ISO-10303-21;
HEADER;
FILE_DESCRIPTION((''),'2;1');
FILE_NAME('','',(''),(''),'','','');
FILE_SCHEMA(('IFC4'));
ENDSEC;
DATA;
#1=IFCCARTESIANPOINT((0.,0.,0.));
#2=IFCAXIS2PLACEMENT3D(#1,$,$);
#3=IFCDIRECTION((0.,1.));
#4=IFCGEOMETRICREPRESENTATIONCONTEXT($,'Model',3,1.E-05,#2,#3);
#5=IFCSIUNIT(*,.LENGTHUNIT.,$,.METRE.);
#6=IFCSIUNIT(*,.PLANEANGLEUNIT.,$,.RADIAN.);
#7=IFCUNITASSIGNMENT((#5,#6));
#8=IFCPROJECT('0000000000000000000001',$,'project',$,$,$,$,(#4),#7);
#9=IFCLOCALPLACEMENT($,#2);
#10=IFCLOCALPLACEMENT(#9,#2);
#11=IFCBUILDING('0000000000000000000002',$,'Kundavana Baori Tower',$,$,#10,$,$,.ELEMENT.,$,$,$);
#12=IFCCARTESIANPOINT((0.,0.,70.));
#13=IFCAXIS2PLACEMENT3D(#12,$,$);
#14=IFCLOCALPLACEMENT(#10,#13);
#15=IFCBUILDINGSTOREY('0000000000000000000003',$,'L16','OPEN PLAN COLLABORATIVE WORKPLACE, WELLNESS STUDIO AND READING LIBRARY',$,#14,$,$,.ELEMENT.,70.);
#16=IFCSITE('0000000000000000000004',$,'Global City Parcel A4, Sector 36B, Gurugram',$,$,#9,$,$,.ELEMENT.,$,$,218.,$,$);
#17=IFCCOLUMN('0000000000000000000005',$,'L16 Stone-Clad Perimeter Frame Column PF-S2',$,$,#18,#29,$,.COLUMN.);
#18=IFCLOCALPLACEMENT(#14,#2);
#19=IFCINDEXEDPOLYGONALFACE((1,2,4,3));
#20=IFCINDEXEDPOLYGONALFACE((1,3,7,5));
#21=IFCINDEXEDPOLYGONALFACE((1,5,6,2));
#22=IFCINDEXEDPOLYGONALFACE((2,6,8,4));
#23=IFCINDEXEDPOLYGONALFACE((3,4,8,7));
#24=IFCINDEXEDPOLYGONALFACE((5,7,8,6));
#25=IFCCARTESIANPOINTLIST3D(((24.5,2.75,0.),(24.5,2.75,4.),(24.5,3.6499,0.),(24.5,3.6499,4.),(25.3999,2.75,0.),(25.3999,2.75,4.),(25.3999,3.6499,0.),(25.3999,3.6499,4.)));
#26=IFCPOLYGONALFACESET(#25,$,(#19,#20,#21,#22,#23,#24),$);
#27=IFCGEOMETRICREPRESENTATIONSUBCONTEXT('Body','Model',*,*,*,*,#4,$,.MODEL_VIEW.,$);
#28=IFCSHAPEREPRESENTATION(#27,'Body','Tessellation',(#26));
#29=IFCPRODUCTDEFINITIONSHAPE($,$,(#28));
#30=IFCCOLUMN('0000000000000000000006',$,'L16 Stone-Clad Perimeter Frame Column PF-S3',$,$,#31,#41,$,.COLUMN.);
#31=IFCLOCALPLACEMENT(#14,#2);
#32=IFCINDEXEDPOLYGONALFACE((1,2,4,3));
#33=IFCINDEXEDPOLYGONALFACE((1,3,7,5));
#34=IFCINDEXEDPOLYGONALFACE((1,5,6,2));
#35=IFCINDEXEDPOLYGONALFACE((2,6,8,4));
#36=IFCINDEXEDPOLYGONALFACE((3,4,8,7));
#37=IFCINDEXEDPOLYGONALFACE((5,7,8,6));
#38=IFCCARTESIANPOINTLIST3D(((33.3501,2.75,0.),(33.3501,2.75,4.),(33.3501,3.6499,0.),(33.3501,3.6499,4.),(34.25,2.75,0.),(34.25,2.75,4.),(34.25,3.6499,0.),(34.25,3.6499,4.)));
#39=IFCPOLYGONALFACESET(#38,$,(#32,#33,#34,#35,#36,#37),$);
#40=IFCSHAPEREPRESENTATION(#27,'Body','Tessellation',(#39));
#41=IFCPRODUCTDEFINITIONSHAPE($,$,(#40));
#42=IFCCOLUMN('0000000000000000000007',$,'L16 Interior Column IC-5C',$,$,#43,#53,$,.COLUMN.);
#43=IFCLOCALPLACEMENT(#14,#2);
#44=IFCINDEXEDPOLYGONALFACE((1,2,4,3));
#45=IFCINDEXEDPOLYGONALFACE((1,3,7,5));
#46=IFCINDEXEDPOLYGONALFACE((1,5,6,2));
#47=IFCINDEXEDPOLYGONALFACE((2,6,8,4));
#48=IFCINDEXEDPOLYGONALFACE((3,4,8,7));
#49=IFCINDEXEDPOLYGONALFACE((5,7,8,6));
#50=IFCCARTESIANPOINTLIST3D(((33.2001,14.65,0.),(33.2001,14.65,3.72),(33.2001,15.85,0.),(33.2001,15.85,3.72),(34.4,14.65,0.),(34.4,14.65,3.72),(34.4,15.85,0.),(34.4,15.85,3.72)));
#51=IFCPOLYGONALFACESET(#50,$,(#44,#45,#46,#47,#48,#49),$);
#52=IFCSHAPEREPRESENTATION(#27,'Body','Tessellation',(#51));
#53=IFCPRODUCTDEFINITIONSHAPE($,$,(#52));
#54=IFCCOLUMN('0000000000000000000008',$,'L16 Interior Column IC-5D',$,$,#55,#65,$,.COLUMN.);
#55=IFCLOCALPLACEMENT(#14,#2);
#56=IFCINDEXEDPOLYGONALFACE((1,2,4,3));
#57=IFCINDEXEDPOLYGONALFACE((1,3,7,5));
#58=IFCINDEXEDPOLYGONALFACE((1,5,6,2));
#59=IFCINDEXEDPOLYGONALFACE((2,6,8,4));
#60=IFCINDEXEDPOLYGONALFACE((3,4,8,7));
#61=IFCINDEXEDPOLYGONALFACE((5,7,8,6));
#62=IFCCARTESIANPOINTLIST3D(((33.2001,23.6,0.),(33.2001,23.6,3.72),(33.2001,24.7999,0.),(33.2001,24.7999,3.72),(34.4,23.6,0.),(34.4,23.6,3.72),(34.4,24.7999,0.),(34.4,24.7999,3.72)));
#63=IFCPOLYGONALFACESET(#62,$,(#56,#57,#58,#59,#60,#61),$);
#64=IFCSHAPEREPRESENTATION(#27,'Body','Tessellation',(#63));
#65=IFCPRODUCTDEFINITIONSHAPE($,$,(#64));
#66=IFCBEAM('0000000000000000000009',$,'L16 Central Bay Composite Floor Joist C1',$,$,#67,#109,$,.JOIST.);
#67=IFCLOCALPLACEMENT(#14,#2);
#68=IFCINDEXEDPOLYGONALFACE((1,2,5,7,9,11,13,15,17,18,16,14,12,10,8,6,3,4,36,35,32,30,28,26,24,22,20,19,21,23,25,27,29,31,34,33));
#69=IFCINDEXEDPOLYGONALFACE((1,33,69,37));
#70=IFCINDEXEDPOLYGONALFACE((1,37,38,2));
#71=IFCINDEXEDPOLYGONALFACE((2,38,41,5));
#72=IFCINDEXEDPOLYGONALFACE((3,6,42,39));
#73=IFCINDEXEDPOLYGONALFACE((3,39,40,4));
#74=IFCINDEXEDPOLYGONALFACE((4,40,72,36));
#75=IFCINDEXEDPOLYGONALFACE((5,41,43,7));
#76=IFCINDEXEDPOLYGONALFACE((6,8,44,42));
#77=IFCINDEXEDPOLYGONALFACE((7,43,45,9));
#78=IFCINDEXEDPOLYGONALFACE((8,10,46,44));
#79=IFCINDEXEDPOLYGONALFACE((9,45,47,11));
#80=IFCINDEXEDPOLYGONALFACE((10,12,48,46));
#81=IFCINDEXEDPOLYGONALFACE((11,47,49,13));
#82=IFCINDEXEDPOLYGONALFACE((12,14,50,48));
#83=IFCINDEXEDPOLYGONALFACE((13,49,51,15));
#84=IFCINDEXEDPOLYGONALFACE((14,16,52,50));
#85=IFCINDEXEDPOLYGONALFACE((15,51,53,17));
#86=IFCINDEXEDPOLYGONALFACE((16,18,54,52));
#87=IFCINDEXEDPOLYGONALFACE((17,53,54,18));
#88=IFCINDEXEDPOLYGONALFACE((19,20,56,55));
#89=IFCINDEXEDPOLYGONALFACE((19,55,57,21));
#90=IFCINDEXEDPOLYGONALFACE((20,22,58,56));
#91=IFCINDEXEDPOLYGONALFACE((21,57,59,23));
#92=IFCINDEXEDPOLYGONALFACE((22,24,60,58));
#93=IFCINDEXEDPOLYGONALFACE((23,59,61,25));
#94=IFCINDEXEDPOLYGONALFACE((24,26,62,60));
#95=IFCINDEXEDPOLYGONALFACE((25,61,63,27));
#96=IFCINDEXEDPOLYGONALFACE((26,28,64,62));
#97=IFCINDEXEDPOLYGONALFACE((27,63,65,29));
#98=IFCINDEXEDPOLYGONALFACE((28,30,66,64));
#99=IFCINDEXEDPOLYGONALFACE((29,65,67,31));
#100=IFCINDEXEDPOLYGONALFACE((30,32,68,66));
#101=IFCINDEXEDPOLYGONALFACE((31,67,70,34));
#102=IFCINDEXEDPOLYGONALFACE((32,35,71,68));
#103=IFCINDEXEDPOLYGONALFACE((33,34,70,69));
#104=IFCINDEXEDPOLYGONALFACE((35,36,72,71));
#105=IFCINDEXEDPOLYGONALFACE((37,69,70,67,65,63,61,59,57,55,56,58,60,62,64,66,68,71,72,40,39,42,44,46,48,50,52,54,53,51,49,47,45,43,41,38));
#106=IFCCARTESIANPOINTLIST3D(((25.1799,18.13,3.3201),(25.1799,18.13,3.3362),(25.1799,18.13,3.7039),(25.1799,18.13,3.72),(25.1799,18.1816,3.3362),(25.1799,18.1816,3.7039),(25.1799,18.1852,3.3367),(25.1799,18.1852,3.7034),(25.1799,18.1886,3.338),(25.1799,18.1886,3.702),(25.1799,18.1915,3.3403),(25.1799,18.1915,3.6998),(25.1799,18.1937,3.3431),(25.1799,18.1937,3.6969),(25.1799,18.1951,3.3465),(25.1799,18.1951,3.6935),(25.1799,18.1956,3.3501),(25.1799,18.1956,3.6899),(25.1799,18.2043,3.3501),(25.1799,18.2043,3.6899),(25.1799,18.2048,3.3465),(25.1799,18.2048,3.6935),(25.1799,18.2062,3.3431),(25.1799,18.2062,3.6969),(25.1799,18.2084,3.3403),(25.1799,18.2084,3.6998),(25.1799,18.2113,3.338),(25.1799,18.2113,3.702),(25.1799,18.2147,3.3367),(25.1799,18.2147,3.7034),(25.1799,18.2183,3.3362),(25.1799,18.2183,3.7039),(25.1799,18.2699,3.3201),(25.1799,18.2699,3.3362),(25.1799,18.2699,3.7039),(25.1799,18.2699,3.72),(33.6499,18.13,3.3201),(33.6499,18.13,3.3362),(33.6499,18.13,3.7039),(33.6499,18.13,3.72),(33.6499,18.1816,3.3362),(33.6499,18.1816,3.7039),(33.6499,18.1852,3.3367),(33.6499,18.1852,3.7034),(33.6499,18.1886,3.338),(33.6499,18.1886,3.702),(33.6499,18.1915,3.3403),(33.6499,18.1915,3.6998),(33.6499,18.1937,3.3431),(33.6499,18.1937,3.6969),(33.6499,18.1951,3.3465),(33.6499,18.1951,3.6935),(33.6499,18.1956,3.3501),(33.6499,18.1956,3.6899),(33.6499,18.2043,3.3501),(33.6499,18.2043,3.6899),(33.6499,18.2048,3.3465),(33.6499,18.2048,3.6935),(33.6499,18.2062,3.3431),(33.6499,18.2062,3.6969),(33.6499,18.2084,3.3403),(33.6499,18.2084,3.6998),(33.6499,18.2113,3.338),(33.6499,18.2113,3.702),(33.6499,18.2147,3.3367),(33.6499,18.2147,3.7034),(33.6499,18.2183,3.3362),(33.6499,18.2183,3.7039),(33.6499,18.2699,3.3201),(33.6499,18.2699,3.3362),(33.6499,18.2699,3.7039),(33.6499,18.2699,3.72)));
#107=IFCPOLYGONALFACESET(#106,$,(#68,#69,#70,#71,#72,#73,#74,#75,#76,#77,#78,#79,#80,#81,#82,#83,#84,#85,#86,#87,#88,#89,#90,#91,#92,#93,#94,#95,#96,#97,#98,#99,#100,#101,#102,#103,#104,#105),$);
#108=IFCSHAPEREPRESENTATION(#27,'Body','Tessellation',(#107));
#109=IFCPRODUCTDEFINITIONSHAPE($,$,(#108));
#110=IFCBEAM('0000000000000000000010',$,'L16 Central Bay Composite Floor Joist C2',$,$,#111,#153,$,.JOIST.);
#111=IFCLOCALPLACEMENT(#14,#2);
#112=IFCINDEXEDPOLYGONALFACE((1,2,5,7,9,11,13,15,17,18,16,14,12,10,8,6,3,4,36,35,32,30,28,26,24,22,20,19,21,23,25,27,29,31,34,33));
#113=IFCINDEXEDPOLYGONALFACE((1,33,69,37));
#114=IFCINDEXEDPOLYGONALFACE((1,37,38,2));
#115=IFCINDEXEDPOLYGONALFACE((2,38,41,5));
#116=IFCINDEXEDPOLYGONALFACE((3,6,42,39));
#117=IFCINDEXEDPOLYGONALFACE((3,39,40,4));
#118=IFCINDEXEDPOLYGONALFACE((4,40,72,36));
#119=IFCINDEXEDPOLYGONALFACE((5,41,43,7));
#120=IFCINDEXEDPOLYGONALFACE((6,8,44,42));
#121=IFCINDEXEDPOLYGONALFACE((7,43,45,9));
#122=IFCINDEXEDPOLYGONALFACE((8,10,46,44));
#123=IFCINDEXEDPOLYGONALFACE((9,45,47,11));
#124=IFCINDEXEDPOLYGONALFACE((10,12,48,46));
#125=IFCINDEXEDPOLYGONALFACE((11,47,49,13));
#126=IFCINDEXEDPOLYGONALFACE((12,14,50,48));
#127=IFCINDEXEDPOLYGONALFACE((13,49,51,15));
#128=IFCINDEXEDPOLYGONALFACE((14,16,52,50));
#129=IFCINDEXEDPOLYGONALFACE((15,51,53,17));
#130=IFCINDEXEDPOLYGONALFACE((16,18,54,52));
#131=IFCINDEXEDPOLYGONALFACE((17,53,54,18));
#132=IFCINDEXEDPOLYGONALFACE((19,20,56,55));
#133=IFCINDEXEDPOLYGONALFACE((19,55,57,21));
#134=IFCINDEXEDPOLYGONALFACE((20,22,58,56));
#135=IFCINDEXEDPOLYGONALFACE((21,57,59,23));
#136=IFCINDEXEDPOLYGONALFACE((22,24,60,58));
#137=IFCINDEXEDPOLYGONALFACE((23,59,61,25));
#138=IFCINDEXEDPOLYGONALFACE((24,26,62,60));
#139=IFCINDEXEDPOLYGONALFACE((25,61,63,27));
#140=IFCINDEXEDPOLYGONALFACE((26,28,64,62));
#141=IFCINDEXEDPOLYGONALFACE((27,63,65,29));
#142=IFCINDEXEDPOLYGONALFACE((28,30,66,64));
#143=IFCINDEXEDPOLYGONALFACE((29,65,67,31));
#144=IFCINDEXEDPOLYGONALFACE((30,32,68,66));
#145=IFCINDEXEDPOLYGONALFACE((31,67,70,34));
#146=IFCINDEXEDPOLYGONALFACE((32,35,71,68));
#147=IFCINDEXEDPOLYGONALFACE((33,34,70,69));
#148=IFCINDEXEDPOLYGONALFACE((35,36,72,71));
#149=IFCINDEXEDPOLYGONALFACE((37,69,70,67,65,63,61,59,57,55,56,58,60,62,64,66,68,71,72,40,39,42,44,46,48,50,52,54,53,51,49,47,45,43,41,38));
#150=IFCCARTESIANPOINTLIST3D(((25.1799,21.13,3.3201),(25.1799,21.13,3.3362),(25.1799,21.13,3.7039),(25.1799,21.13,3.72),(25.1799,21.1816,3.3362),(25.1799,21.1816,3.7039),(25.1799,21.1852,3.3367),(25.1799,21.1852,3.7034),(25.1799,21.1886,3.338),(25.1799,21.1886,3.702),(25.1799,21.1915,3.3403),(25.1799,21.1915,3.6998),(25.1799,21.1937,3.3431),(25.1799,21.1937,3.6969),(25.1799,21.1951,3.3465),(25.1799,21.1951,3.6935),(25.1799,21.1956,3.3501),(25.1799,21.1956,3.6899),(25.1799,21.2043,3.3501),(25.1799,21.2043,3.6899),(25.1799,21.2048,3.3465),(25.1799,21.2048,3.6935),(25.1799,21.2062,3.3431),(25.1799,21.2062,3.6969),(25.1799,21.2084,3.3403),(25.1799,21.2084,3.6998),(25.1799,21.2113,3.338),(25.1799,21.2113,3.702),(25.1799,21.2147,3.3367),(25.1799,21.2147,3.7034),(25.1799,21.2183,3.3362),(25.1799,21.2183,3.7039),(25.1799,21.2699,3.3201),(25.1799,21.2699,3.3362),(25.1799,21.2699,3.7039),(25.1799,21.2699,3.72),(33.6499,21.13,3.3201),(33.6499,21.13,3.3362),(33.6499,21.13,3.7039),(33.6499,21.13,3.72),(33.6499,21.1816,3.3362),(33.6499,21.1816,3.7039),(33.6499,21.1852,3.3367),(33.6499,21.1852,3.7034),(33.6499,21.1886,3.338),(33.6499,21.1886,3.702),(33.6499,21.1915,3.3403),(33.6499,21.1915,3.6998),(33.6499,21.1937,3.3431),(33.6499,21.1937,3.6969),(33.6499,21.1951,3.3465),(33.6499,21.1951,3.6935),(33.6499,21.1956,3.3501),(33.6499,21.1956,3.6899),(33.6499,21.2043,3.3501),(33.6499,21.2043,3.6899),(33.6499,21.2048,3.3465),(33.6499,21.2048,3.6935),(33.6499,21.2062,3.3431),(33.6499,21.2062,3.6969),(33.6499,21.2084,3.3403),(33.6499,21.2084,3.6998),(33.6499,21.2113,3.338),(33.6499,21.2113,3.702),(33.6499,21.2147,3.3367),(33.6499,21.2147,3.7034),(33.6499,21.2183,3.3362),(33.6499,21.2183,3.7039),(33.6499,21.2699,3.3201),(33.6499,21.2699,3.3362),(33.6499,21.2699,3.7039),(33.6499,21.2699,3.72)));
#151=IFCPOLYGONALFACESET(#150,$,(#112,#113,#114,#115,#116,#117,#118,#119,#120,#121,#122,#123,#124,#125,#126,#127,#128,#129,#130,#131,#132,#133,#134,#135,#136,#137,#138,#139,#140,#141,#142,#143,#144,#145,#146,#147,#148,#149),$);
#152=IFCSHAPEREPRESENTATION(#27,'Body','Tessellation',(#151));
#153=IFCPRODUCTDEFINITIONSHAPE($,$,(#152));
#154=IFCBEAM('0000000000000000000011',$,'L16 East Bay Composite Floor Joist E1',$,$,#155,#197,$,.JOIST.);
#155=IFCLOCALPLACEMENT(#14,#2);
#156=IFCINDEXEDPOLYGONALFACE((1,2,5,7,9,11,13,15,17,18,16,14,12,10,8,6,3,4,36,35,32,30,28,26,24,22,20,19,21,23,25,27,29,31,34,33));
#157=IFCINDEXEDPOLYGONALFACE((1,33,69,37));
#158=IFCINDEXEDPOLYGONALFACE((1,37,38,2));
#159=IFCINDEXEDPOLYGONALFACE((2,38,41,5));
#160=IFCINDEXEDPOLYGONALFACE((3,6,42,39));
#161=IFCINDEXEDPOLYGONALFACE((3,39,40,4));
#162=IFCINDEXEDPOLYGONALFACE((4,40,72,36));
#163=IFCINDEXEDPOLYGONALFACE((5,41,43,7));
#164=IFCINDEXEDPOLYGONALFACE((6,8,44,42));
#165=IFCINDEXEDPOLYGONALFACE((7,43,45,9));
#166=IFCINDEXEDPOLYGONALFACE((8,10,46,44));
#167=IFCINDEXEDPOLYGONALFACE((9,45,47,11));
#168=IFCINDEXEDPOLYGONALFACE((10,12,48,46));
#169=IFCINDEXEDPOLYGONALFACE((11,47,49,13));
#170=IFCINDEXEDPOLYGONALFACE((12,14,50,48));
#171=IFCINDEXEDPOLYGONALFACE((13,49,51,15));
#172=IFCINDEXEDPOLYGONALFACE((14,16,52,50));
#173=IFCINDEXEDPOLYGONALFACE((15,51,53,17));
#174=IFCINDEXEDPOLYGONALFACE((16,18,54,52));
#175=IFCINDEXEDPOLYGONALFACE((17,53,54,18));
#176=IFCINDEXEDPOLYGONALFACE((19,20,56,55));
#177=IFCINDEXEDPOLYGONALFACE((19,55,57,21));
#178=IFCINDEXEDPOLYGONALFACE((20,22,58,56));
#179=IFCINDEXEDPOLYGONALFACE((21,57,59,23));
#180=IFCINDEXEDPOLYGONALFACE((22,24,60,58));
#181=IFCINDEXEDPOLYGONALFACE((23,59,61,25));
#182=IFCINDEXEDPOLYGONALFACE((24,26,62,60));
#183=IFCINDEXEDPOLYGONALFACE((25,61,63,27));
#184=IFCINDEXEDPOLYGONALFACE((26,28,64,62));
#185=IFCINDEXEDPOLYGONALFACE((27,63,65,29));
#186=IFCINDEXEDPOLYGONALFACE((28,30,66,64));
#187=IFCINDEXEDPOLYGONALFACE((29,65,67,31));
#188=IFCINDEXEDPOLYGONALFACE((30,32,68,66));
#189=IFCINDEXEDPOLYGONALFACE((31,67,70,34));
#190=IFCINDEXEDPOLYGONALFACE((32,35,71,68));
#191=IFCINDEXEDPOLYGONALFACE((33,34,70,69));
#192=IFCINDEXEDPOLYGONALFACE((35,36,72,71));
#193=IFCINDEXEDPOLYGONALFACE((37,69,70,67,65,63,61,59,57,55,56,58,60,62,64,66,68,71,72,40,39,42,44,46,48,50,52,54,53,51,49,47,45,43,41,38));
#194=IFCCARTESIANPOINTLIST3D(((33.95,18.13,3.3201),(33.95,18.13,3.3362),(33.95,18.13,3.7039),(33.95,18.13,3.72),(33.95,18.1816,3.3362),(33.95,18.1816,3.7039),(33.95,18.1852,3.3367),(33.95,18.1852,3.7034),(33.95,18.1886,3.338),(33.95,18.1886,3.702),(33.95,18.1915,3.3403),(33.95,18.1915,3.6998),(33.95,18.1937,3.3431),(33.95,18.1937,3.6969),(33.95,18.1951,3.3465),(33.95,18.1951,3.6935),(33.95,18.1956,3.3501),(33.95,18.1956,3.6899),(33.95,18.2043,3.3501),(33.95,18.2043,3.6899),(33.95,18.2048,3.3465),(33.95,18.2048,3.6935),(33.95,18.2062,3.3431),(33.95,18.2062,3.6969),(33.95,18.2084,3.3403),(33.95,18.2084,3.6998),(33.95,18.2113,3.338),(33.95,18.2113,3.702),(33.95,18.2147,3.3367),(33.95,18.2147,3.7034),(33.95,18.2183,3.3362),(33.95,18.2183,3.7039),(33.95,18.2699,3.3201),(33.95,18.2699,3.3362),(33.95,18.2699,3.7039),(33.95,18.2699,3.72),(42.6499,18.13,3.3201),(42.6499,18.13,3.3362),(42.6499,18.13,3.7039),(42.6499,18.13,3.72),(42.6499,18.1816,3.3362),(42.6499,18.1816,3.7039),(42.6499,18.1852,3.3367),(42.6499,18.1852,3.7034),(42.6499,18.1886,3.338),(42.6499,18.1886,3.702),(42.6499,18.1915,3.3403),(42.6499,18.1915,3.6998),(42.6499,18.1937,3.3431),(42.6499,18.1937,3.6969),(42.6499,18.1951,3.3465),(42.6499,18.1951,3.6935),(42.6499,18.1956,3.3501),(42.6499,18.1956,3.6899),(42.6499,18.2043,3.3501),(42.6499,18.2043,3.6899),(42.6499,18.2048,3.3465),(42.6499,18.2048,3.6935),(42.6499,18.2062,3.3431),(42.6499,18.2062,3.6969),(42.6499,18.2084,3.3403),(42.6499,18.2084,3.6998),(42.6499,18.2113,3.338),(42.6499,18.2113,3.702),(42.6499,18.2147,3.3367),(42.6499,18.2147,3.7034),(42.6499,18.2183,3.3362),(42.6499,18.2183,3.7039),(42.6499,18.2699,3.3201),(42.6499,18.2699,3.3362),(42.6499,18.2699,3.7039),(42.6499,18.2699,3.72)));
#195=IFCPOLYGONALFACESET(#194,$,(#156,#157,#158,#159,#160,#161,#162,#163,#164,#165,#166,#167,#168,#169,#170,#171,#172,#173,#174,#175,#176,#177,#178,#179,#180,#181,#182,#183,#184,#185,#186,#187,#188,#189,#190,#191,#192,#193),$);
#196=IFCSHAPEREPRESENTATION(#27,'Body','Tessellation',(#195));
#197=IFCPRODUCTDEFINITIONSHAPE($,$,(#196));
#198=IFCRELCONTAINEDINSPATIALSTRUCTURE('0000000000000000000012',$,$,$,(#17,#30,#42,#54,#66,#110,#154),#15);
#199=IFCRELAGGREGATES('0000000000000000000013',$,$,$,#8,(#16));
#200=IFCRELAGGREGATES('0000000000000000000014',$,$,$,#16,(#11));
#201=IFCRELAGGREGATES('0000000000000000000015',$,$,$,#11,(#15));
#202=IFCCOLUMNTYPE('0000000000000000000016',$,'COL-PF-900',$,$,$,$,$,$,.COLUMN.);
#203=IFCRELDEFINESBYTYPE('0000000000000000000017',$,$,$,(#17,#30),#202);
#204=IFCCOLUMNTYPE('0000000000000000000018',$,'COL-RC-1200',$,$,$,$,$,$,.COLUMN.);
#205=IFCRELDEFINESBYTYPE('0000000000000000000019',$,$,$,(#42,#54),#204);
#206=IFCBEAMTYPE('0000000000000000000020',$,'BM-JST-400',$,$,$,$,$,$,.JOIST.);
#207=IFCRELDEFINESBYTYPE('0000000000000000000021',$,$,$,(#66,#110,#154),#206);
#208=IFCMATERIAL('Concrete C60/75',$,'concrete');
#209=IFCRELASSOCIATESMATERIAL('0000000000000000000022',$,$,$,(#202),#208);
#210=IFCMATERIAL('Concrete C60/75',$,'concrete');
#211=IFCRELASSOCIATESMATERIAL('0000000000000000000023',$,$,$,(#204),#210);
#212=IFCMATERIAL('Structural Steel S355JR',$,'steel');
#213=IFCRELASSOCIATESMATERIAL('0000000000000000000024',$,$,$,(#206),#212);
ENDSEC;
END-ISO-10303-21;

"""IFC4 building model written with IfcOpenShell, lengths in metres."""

from ifc_helpers import new_model, si_unit, direction, frame, origin, origin_2d, place, context, subcontext, project, spatial, rectangle, i_section, extrude, material, material_profile, profile_set, type_object, element, save


model = new_model("IFC4")

# Units and contexts
model_context = context("Model", 3, precision=1e-05, world=origin(), true_north=direction((0.0, 1.0)))
body_context = subcontext(model_context, "Body", "Model", "MODEL_VIEW")
ifc_project = project(units=[si_unit("LENGTHUNIT", "METRE"), si_unit("PLANEANGLEUNIT", "RADIAN")], contexts=[model_context])

# Site, building, storey
site_placement = place(None, origin())
site = spatial("IfcSite", under=ifc_project, at=site_placement, Name="Global City Parcel A4, Sector 36B, Gurugram", CompositionType="ELEMENT", RefElevation=218.0)
building_placement = place(site_placement, origin())
building = spatial("IfcBuilding", under=site, at=building_placement, Name="Kundavana Baori Tower", CompositionType="ELEMENT")
storey_placement = place(building_placement, frame((0.0, 0.0, 70.0)))
storey = spatial("IfcBuildingStorey", under=building, at=storey_placement, Name="L16", Description="OPEN PLAN COLLABORATIVE WORKPLACE, WELLNESS STUDIO AND READING LIBRARY", CompositionType="ELEMENT", Elevation=70.0)

# Columns
ifc_material_1 = material(Name="Concrete C60/75", Category="concrete")
ifc_material_profile_1 = material_profile(ifc_material_1, rectangle(XDim=0.8999, YDim=0.8999, at=origin_2d()), Name="RC PF 900x900")
ifc_profile_set_1 = profile_set([ifc_material_profile_1], Name="Concrete C60/75")
column_type_1 = type_object("IfcColumnType", Name="COL-PF-900", PredefinedType="COLUMN", material=ifc_profile_set_1)
for number, where, z_axis, x_axis, name in (
    (1, (24.95, 3.2, 0.0), (0.0, 0.0, 1.0), (1.0, 0.0, 0.0), "L16 Stone-Clad Perimeter Frame Column PF-S2"),
    (2, (33.8, 3.2, 0.0), (0.0, 0.0, 1.0), (1.0, 0.0, 0.0), "L16 Stone-Clad Perimeter Frame Column PF-S3"),
):
    element("IfcColumn", number, at=place(storey_placement, frame(where, z_axis=z_axis, x_axis=x_axis)), inside=storey, type_object=column_type_1, Name=name, PredefinedType="COLUMN", context=body_context, shape_type="SweptSolid", body=[
        extrude(rectangle(XDim=0.8999, YDim=0.8999, at=origin_2d()), origin(), (0.0, 0.0, 1.0), 4.0),
    ])
ifc_material_2 = material(Name="Concrete C60/75", Category="concrete")
ifc_material_profile_2 = material_profile(ifc_material_2, rectangle(XDim=1.2, YDim=1.2, at=origin_2d()), Name="RC 1200x1200")
ifc_profile_set_2 = profile_set([ifc_material_profile_2], Name="Concrete C60/75")
column_type_2 = type_object("IfcColumnType", Name="COL-RC-1200", PredefinedType="COLUMN", material=ifc_profile_set_2)
for number, where, z_axis, x_axis, name in (
    (3, (33.8, 15.25, 0.0), (0.0, 0.0, 1.0), (1.0, 0.0, 0.0), "L16 Interior Column IC-5C"),
    (4, (33.8, 24.2, 0.0), (0.0, 0.0, 1.0), (1.0, 0.0, 0.0), "L16 Interior Column IC-5D"),
):
    element("IfcColumn", number, at=place(storey_placement, frame(where, z_axis=z_axis, x_axis=x_axis)), inside=storey, type_object=column_type_2, Name=name, PredefinedType="COLUMN", context=body_context, shape_type="SweptSolid", body=[
        extrude(rectangle(XDim=1.2, YDim=1.2, at=origin_2d()), origin(), (0.0, 0.0, 1.0), 3.72),
    ])

# Beams
ifc_material_3 = material(Name="Structural Steel S355JR", Category="steel")
ifc_material_profile_3 = material_profile(ifc_material_3, i_section(OverallWidth=0.1399, OverallDepth=0.3999, WebThickness=0.0088, FlangeThickness=0.0161, FilletRadius=0.0139, at=origin_2d()), Name="ISMB 400")
ifc_profile_set_3 = profile_set([ifc_material_profile_3], Name="Structural Steel S355JR")
beam_type_1 = type_object("IfcBeamType", Name="BM-JST-400", PredefinedType="JOIST", material=ifc_profile_set_3)
for number, where, z_axis, x_axis, name in (
    (5, (25.1799, 18.2, 3.52), (1.0, 0.0, 0.0), (0.0, 1.0, 0.0), "L16 Central Bay Composite Floor Joist C1"),
    (6, (25.1799, 21.2, 3.52), (1.0, 0.0, 0.0), (0.0, 1.0, 0.0), "L16 Central Bay Composite Floor Joist C2"),
):
    element("IfcBeam", number, at=place(storey_placement, frame(where, z_axis=z_axis, x_axis=x_axis)), inside=storey, type_object=beam_type_1, Name=name, PredefinedType="JOIST", context=body_context, shape_type="SweptSolid", body=[
        extrude(i_section(OverallWidth=0.1399, OverallDepth=0.3999, WebThickness=0.0088, FlangeThickness=0.0161, FilletRadius=0.0139, at=origin_2d()), origin(), (0.0, 0.0, 1.0), 8.47),
    ])
beam_1_placement = place(storey_placement, frame((33.95, 18.2, 3.52), z_axis=(1.0, 0.0, 0.0), x_axis=(0.0, 1.0, 0.0)))
element("IfcBeam", 7, at=beam_1_placement, inside=storey, type_object=beam_type_1, Name="L16 East Bay Composite Floor Joist E1", PredefinedType="JOIST", context=body_context, shape_type="SweptSolid", body=[
    extrude(i_section(OverallWidth=0.1399, OverallDepth=0.3999, WebThickness=0.0088, FlangeThickness=0.0161, FilletRadius=0.0139, at=origin_2d()), origin(), (0.0, 0.0, 1.0), 8.7),
])

save(model, "model.ifc")
